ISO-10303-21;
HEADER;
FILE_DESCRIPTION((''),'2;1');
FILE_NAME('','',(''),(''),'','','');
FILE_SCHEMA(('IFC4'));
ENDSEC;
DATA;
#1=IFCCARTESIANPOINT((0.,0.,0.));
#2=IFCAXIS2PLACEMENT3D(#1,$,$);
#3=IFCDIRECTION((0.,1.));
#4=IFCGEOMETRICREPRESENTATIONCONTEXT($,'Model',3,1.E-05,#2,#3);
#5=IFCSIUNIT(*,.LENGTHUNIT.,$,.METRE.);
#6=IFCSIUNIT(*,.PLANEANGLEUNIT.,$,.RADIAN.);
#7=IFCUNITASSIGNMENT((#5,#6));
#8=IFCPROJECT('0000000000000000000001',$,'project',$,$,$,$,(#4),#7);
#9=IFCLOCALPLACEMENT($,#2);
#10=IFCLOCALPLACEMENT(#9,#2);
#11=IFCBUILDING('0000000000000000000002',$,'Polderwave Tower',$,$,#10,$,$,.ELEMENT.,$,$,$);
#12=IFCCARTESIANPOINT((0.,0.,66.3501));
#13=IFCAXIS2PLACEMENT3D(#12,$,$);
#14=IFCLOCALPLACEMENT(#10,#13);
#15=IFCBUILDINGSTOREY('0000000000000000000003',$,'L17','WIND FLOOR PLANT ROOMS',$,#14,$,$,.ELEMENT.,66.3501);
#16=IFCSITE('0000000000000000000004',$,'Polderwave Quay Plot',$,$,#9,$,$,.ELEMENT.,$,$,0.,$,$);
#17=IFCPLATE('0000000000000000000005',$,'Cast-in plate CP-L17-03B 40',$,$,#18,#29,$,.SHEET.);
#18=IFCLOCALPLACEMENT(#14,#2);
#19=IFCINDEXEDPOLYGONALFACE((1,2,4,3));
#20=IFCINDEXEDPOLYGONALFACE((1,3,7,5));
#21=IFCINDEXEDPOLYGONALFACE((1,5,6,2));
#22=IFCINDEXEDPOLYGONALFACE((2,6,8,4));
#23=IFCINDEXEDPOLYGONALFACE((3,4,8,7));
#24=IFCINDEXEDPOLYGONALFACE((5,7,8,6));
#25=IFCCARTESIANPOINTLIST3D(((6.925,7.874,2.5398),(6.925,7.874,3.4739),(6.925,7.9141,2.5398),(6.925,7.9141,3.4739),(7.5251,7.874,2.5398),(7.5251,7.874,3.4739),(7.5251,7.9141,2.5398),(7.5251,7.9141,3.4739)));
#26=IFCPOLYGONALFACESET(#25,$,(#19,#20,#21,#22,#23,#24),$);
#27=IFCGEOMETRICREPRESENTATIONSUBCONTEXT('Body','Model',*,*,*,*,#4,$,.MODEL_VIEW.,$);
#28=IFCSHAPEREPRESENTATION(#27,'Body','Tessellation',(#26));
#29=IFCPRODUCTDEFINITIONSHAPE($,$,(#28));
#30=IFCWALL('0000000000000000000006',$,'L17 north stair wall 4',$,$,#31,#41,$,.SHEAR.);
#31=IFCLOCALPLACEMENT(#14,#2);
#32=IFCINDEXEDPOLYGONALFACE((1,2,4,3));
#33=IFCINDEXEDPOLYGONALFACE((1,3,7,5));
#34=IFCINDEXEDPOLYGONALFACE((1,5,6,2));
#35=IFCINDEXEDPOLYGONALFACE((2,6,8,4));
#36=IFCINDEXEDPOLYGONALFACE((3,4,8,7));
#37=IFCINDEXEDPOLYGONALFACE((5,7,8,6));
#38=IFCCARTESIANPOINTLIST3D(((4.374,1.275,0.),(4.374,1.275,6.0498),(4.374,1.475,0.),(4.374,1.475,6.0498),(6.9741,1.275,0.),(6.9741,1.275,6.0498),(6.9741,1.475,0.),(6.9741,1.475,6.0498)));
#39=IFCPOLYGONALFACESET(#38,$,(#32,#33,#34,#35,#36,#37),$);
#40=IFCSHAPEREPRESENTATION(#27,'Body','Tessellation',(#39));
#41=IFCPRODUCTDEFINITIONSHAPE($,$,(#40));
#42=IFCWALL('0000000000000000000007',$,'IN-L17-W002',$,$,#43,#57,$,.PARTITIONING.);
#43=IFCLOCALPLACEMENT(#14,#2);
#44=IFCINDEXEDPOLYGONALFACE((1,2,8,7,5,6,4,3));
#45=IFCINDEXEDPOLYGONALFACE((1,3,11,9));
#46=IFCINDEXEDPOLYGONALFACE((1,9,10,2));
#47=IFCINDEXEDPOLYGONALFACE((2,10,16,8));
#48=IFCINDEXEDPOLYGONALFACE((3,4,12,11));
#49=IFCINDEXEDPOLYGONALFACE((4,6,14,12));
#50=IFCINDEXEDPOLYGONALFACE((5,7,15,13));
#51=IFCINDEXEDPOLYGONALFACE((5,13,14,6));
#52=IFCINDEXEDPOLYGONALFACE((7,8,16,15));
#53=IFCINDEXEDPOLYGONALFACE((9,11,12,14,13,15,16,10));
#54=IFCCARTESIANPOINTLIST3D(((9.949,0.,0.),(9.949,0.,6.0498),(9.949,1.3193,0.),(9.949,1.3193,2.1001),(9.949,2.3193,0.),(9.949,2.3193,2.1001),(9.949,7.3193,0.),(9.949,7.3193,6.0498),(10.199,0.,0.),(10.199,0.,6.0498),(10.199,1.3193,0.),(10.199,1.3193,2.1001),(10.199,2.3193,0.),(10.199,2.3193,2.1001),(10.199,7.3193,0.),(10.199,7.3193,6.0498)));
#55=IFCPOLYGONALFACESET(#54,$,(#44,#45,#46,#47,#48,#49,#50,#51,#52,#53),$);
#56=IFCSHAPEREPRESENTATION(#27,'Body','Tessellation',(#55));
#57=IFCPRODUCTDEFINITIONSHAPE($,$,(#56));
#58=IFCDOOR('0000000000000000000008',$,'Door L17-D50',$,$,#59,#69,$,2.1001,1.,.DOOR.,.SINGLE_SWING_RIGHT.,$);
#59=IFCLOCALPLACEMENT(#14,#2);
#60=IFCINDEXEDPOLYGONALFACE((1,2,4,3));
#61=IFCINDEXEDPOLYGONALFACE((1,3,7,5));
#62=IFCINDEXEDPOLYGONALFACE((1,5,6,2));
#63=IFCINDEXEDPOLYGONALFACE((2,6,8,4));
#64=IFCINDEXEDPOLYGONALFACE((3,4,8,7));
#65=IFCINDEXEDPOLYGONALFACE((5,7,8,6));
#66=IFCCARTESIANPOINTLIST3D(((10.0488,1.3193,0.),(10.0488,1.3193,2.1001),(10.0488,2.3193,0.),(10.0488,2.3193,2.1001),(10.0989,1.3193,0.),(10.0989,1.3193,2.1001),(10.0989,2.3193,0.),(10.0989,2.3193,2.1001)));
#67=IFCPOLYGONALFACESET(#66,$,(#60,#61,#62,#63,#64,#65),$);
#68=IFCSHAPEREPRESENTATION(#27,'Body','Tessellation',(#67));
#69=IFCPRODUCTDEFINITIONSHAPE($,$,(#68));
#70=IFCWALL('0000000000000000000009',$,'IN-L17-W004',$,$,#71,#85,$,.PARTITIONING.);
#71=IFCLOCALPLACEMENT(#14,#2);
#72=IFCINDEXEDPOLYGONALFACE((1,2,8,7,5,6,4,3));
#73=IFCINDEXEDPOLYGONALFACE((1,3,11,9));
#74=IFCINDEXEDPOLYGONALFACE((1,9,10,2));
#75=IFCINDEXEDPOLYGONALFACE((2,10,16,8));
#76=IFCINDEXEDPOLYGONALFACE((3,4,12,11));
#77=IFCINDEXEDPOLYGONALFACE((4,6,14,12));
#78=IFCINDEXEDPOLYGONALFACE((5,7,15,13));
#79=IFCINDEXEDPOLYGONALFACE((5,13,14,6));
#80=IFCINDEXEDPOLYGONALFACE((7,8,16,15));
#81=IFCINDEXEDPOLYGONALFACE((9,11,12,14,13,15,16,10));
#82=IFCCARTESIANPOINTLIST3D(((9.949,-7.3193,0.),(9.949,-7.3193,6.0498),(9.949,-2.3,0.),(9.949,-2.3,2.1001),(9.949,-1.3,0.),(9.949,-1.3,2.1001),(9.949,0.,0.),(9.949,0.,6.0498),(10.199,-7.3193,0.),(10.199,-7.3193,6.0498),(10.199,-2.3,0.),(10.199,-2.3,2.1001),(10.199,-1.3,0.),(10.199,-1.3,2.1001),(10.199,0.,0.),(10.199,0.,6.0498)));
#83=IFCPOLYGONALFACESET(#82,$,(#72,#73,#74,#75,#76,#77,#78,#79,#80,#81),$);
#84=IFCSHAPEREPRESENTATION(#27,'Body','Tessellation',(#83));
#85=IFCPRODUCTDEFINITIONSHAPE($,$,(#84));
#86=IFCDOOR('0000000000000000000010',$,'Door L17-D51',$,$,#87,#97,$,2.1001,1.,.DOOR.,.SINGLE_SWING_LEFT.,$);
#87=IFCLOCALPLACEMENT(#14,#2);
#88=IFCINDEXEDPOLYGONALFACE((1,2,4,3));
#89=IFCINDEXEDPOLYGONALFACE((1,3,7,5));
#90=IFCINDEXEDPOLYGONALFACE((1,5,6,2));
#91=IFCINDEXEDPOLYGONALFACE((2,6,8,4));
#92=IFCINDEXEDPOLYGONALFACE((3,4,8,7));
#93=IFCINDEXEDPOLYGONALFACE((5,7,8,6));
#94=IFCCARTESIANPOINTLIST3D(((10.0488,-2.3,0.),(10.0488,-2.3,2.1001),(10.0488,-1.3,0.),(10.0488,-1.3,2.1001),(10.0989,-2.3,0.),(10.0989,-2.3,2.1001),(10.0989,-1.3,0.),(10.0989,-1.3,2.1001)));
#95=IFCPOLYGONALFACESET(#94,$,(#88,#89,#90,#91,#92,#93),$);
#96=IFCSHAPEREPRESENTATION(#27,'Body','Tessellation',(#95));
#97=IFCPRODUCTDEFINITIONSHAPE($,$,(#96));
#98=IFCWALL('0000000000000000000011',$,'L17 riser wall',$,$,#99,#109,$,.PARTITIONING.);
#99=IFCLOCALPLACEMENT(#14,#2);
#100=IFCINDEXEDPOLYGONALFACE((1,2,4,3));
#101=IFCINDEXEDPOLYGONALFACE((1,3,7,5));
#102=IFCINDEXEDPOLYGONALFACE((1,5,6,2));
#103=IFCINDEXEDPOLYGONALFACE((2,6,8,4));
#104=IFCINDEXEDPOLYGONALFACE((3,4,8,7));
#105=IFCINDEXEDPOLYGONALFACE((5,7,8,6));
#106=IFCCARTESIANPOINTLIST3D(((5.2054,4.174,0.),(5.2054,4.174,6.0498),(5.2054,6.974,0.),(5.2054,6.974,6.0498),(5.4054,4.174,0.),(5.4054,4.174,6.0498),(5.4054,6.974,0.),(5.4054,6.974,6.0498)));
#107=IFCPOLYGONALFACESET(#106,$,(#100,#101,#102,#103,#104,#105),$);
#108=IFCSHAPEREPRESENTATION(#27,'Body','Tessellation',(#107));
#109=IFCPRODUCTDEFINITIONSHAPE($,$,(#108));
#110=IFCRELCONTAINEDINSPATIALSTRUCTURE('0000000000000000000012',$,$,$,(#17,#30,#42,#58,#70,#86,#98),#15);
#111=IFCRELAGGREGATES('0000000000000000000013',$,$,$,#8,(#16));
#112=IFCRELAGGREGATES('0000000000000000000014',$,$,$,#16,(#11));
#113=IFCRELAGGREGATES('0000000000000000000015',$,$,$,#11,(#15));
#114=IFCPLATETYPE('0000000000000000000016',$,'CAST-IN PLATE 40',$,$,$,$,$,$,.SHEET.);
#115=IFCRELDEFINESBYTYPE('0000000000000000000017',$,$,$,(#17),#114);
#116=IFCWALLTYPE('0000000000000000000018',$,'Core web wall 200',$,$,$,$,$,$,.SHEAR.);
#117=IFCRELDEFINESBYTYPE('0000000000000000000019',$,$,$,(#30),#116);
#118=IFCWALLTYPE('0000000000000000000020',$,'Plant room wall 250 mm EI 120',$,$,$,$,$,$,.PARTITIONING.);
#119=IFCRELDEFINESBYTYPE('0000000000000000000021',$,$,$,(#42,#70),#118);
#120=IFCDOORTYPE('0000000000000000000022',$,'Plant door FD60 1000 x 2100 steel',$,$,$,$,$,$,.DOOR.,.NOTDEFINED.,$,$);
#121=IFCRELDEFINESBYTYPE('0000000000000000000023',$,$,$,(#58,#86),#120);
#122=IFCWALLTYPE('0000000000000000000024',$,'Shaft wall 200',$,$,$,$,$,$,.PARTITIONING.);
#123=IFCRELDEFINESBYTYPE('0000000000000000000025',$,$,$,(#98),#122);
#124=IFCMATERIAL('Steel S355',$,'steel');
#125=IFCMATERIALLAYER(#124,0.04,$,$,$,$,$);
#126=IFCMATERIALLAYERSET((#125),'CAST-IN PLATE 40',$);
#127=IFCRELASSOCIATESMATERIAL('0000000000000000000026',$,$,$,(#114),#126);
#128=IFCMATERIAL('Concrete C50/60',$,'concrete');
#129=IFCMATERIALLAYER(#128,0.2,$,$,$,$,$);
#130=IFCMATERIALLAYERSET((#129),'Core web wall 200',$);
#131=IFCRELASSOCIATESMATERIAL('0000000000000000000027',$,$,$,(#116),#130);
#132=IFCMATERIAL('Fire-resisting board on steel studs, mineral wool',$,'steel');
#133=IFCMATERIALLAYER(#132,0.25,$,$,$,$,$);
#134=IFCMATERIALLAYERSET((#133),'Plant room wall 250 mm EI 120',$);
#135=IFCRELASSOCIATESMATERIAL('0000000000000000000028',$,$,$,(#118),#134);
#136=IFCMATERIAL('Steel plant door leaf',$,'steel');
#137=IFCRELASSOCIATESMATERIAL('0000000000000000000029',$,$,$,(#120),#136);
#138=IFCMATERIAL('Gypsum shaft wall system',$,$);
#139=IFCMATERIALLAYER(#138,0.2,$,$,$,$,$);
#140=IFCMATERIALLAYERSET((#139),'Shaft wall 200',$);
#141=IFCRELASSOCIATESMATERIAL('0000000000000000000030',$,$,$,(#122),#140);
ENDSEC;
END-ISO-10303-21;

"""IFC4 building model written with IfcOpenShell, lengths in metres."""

from ifc_helpers import new_model, si_unit, direction, frame, frame_2d, origin, origin_2d, place, context, subcontext, project, spatial, rectangle, extrude, material, layer, layer_set, type_object, element, fill, save


model = new_model("IFC4")

# Units and contexts
model_context = context("Model", 3, precision=1e-05, world=origin(), true_north=direction((0.0, 1.0)))
body_context = subcontext(model_context, "Body", "Model", "MODEL_VIEW")
ifc_project = project(units=[si_unit("LENGTHUNIT", "METRE"), si_unit("PLANEANGLEUNIT", "RADIAN")], contexts=[model_context])

# Site, building, storey
site_placement = place(None, origin())
site = spatial("IfcSite", under=ifc_project, at=site_placement, Name="Polderwave Quay Plot", CompositionType="ELEMENT", RefElevation=0.0)
building_placement = place(site_placement, origin())
building = spatial("IfcBuilding", under=site, at=building_placement, Name="Polderwave Tower", CompositionType="ELEMENT")
storey_placement = place(building_placement, frame((0.0, 0.0, 66.3501)))
storey = spatial("IfcBuildingStorey", under=building, at=storey_placement, Name="L17", Description="WIND FLOOR PLANT ROOMS", CompositionType="ELEMENT", Elevation=66.3501)

# Plate
ifc_material_1 = material(Name="Steel S355", Category="steel")
ifc_layer_1 = layer(ifc_material_1, 0.04)
ifc_layer_set_1 = layer_set([ifc_layer_1], Name="CAST-IN PLATE 40")
plate_type = type_object("IfcPlateType", Name="CAST-IN PLATE 40", PredefinedType="SHEET", material=ifc_layer_set_1)
for number, where, z_axis, x_axis, name in (
    (1, (7.2251, 7.894, 2.5398), (0.0, 0.0, 1.0), (0.0, 1.0, 0.0), "Cast-in plate CP-L17-03B 40"),
):
    element("IfcPlate", number, at=place(storey_placement, frame(where, z_axis=z_axis, x_axis=x_axis)), inside=storey, type_object=plate_type, Name=name, PredefinedType="SHEET", context=body_context, shape_type="SweptSolid", body=[
        extrude(rectangle(XDim=0.04, YDim=0.6001, at=origin_2d()), origin(), (0.0, 0.0, 1.0), 0.9341),
    ])

# Wall
ifc_material_2 = material(Name="Concrete C50/60", Category="concrete")
ifc_layer_2 = layer(ifc_material_2, 0.2)
ifc_layer_set_2 = layer_set([ifc_layer_2], Name="Core web wall 200")
wall_type_1 = type_object("IfcWallType", Name="Core web wall 200", PredefinedType="SHEAR", material=ifc_layer_set_2)
wall_1_placement = place(storey_placement, frame((4.374, 1.375, 0.0), z_axis=(0.0, 0.0, 1.0), x_axis=(1.0, 0.0, 0.0)))
element("IfcWall", 2, at=wall_1_placement, inside=storey, type_object=wall_type_1, Name="L17 north stair wall 4", PredefinedType="SHEAR", context=body_context, shape_type="SweptSolid", body=[
    extrude(rectangle(XDim=2.6001, YDim=0.2, at=frame_2d((1.3, 0.0))), origin(), (0.0, 0.0, 1.0), 6.0498),
])

# Walls, openings, doors
ifc_material_3 = material(Name="Fire-resisting board on steel studs, mineral wool", Category="steel")
ifc_layer_3 = layer(ifc_material_3, 0.25)
ifc_layer_set_3 = layer_set([ifc_layer_3], Name="Plant room wall 250 mm EI 120")
wall_type_2 = type_object("IfcWallType", Name="Plant room wall 250 mm EI 120", PredefinedType="PARTITIONING", material=ifc_layer_set_3)
wall_2_placement = place(storey_placement, frame((10.074, 7.3193, 0.0), z_axis=(0.0, 0.0, 1.0), x_axis=(0.0, -1.0, 0.0)))
wall_2 = element("IfcWall", 3, at=wall_2_placement, inside=storey, type_object=wall_type_2, Name="IN-L17-W002", PredefinedType="PARTITIONING", context=body_context, shape_type="SweptSolid", body=[
    extrude(rectangle(XDim=7.3193, YDim=0.25, at=frame_2d((3.6597, 0.0))), origin(), (0.0, 0.0, 1.0), 6.0498),
])
opening_1_placement = place(wall_2_placement, frame((5.0, 0.0, 0.0)))
opening_1 = element("IfcOpeningElement", 4, at=opening_1_placement, cuts=wall_2, PredefinedType="OPENING", context=body_context, shape_type="SweptSolid", body=[
    extrude(rectangle(XDim=1.0, YDim=2.1001, at=frame_2d((0.5, 1.05))), frame((0.0, 0.135, 0.0), z_axis=(0.0, -1.0, 0.0), x_axis=(1.0, 0.0, 0.0)), (0.0, 0.0, 1.0), 0.27),
])
ifc_material_4 = material(Name="Steel plant door leaf", Category="steel")
door_type = type_object("IfcDoorType", Name="Plant door FD60 1000 x 2100 steel", OperationType="NOTDEFINED", PredefinedType="DOOR", material=ifc_material_4)
door_1_placement = place(opening_1_placement, origin())
door_1 = element("IfcDoor", 5, at=door_1_placement, inside=storey, type_object=door_type, Name="Door L17-D50", OperationType="SINGLE_SWING_RIGHT", OverallHeight=2.1001, OverallWidth=1.0, PredefinedType="DOOR", context=body_context, shape_type="SweptSolid", body=[
    extrude(rectangle(XDim=1.0, YDim=2.1001, at=frame_2d((0.5, 1.05))), frame((0.0, 0.0249, 0.0), z_axis=(0.0, -1.0, 0.0), x_axis=(1.0, 0.0, 0.0)), (0.0, 0.0, 1.0), 0.05),
])
fill(opening_1, door_1)
wall_3_placement = place(storey_placement, frame((10.074, 0.0, 0.0), z_axis=(0.0, 0.0, 1.0), x_axis=(0.0, -1.0, 0.0)))
wall_3 = element("IfcWall", 6, at=wall_3_placement, inside=storey, type_object=wall_type_2, Name="IN-L17-W004", PredefinedType="PARTITIONING", context=body_context, shape_type="SweptSolid", body=[
    extrude(rectangle(XDim=7.3193, YDim=0.25, at=frame_2d((3.6597, 0.0))), origin(), (0.0, 0.0, 1.0), 6.0498),
])
opening_2_placement = place(wall_3_placement, frame((1.3, 0.0, 0.0)))
opening_2 = element("IfcOpeningElement", 7, at=opening_2_placement, cuts=wall_3, PredefinedType="OPENING", context=body_context, shape_type="SweptSolid", body=[
    extrude(rectangle(XDim=1.0, YDim=2.1001, at=frame_2d((0.5, 1.05))), frame((0.0, 0.135, 0.0), z_axis=(0.0, -1.0, 0.0), x_axis=(1.0, 0.0, 0.0)), (0.0, 0.0, 1.0), 0.27),
])
door_2_placement = place(opening_2_placement, origin())
door_2 = element("IfcDoor", 8, at=door_2_placement, inside=storey, type_object=door_type, Name="Door L17-D51", OperationType="SINGLE_SWING_LEFT", OverallHeight=2.1001, OverallWidth=1.0, PredefinedType="DOOR", context=body_context, shape_type="SweptSolid", body=[
    extrude(rectangle(XDim=1.0, YDim=2.1001, at=frame_2d((0.5, 1.05))), frame((0.0, 0.0249, 0.0), z_axis=(0.0, -1.0, 0.0), x_axis=(1.0, 0.0, 0.0)), (0.0, 0.0, 1.0), 0.05),
])
fill(opening_2, door_2)

# Wall
ifc_material_5 = material(Name="Gypsum shaft wall system")
ifc_layer_4 = layer(ifc_material_5, 0.2)
ifc_layer_set_4 = layer_set([ifc_layer_4], Name="Shaft wall 200")
wall_type_3 = type_object("IfcWallType", Name="Shaft wall 200", PredefinedType="PARTITIONING", material=ifc_layer_set_4)
wall_4_placement = place(storey_placement, frame((5.3054, 4.1741, 0.0), z_axis=(0.0, 0.0, 1.0), x_axis=(0.0, 1.0, 0.0)))
element("IfcWall", 9, at=wall_4_placement, inside=storey, type_object=wall_type_3, Name="L17 riser wall", PredefinedType="PARTITIONING", context=body_context, shape_type="SweptSolid", body=[
    extrude(rectangle(XDim=2.8, YDim=0.2, at=frame_2d((1.3999, 0.0))), origin(), (0.0, 0.0, 1.0), 6.0498),
])

save(model, "model.ifc")
